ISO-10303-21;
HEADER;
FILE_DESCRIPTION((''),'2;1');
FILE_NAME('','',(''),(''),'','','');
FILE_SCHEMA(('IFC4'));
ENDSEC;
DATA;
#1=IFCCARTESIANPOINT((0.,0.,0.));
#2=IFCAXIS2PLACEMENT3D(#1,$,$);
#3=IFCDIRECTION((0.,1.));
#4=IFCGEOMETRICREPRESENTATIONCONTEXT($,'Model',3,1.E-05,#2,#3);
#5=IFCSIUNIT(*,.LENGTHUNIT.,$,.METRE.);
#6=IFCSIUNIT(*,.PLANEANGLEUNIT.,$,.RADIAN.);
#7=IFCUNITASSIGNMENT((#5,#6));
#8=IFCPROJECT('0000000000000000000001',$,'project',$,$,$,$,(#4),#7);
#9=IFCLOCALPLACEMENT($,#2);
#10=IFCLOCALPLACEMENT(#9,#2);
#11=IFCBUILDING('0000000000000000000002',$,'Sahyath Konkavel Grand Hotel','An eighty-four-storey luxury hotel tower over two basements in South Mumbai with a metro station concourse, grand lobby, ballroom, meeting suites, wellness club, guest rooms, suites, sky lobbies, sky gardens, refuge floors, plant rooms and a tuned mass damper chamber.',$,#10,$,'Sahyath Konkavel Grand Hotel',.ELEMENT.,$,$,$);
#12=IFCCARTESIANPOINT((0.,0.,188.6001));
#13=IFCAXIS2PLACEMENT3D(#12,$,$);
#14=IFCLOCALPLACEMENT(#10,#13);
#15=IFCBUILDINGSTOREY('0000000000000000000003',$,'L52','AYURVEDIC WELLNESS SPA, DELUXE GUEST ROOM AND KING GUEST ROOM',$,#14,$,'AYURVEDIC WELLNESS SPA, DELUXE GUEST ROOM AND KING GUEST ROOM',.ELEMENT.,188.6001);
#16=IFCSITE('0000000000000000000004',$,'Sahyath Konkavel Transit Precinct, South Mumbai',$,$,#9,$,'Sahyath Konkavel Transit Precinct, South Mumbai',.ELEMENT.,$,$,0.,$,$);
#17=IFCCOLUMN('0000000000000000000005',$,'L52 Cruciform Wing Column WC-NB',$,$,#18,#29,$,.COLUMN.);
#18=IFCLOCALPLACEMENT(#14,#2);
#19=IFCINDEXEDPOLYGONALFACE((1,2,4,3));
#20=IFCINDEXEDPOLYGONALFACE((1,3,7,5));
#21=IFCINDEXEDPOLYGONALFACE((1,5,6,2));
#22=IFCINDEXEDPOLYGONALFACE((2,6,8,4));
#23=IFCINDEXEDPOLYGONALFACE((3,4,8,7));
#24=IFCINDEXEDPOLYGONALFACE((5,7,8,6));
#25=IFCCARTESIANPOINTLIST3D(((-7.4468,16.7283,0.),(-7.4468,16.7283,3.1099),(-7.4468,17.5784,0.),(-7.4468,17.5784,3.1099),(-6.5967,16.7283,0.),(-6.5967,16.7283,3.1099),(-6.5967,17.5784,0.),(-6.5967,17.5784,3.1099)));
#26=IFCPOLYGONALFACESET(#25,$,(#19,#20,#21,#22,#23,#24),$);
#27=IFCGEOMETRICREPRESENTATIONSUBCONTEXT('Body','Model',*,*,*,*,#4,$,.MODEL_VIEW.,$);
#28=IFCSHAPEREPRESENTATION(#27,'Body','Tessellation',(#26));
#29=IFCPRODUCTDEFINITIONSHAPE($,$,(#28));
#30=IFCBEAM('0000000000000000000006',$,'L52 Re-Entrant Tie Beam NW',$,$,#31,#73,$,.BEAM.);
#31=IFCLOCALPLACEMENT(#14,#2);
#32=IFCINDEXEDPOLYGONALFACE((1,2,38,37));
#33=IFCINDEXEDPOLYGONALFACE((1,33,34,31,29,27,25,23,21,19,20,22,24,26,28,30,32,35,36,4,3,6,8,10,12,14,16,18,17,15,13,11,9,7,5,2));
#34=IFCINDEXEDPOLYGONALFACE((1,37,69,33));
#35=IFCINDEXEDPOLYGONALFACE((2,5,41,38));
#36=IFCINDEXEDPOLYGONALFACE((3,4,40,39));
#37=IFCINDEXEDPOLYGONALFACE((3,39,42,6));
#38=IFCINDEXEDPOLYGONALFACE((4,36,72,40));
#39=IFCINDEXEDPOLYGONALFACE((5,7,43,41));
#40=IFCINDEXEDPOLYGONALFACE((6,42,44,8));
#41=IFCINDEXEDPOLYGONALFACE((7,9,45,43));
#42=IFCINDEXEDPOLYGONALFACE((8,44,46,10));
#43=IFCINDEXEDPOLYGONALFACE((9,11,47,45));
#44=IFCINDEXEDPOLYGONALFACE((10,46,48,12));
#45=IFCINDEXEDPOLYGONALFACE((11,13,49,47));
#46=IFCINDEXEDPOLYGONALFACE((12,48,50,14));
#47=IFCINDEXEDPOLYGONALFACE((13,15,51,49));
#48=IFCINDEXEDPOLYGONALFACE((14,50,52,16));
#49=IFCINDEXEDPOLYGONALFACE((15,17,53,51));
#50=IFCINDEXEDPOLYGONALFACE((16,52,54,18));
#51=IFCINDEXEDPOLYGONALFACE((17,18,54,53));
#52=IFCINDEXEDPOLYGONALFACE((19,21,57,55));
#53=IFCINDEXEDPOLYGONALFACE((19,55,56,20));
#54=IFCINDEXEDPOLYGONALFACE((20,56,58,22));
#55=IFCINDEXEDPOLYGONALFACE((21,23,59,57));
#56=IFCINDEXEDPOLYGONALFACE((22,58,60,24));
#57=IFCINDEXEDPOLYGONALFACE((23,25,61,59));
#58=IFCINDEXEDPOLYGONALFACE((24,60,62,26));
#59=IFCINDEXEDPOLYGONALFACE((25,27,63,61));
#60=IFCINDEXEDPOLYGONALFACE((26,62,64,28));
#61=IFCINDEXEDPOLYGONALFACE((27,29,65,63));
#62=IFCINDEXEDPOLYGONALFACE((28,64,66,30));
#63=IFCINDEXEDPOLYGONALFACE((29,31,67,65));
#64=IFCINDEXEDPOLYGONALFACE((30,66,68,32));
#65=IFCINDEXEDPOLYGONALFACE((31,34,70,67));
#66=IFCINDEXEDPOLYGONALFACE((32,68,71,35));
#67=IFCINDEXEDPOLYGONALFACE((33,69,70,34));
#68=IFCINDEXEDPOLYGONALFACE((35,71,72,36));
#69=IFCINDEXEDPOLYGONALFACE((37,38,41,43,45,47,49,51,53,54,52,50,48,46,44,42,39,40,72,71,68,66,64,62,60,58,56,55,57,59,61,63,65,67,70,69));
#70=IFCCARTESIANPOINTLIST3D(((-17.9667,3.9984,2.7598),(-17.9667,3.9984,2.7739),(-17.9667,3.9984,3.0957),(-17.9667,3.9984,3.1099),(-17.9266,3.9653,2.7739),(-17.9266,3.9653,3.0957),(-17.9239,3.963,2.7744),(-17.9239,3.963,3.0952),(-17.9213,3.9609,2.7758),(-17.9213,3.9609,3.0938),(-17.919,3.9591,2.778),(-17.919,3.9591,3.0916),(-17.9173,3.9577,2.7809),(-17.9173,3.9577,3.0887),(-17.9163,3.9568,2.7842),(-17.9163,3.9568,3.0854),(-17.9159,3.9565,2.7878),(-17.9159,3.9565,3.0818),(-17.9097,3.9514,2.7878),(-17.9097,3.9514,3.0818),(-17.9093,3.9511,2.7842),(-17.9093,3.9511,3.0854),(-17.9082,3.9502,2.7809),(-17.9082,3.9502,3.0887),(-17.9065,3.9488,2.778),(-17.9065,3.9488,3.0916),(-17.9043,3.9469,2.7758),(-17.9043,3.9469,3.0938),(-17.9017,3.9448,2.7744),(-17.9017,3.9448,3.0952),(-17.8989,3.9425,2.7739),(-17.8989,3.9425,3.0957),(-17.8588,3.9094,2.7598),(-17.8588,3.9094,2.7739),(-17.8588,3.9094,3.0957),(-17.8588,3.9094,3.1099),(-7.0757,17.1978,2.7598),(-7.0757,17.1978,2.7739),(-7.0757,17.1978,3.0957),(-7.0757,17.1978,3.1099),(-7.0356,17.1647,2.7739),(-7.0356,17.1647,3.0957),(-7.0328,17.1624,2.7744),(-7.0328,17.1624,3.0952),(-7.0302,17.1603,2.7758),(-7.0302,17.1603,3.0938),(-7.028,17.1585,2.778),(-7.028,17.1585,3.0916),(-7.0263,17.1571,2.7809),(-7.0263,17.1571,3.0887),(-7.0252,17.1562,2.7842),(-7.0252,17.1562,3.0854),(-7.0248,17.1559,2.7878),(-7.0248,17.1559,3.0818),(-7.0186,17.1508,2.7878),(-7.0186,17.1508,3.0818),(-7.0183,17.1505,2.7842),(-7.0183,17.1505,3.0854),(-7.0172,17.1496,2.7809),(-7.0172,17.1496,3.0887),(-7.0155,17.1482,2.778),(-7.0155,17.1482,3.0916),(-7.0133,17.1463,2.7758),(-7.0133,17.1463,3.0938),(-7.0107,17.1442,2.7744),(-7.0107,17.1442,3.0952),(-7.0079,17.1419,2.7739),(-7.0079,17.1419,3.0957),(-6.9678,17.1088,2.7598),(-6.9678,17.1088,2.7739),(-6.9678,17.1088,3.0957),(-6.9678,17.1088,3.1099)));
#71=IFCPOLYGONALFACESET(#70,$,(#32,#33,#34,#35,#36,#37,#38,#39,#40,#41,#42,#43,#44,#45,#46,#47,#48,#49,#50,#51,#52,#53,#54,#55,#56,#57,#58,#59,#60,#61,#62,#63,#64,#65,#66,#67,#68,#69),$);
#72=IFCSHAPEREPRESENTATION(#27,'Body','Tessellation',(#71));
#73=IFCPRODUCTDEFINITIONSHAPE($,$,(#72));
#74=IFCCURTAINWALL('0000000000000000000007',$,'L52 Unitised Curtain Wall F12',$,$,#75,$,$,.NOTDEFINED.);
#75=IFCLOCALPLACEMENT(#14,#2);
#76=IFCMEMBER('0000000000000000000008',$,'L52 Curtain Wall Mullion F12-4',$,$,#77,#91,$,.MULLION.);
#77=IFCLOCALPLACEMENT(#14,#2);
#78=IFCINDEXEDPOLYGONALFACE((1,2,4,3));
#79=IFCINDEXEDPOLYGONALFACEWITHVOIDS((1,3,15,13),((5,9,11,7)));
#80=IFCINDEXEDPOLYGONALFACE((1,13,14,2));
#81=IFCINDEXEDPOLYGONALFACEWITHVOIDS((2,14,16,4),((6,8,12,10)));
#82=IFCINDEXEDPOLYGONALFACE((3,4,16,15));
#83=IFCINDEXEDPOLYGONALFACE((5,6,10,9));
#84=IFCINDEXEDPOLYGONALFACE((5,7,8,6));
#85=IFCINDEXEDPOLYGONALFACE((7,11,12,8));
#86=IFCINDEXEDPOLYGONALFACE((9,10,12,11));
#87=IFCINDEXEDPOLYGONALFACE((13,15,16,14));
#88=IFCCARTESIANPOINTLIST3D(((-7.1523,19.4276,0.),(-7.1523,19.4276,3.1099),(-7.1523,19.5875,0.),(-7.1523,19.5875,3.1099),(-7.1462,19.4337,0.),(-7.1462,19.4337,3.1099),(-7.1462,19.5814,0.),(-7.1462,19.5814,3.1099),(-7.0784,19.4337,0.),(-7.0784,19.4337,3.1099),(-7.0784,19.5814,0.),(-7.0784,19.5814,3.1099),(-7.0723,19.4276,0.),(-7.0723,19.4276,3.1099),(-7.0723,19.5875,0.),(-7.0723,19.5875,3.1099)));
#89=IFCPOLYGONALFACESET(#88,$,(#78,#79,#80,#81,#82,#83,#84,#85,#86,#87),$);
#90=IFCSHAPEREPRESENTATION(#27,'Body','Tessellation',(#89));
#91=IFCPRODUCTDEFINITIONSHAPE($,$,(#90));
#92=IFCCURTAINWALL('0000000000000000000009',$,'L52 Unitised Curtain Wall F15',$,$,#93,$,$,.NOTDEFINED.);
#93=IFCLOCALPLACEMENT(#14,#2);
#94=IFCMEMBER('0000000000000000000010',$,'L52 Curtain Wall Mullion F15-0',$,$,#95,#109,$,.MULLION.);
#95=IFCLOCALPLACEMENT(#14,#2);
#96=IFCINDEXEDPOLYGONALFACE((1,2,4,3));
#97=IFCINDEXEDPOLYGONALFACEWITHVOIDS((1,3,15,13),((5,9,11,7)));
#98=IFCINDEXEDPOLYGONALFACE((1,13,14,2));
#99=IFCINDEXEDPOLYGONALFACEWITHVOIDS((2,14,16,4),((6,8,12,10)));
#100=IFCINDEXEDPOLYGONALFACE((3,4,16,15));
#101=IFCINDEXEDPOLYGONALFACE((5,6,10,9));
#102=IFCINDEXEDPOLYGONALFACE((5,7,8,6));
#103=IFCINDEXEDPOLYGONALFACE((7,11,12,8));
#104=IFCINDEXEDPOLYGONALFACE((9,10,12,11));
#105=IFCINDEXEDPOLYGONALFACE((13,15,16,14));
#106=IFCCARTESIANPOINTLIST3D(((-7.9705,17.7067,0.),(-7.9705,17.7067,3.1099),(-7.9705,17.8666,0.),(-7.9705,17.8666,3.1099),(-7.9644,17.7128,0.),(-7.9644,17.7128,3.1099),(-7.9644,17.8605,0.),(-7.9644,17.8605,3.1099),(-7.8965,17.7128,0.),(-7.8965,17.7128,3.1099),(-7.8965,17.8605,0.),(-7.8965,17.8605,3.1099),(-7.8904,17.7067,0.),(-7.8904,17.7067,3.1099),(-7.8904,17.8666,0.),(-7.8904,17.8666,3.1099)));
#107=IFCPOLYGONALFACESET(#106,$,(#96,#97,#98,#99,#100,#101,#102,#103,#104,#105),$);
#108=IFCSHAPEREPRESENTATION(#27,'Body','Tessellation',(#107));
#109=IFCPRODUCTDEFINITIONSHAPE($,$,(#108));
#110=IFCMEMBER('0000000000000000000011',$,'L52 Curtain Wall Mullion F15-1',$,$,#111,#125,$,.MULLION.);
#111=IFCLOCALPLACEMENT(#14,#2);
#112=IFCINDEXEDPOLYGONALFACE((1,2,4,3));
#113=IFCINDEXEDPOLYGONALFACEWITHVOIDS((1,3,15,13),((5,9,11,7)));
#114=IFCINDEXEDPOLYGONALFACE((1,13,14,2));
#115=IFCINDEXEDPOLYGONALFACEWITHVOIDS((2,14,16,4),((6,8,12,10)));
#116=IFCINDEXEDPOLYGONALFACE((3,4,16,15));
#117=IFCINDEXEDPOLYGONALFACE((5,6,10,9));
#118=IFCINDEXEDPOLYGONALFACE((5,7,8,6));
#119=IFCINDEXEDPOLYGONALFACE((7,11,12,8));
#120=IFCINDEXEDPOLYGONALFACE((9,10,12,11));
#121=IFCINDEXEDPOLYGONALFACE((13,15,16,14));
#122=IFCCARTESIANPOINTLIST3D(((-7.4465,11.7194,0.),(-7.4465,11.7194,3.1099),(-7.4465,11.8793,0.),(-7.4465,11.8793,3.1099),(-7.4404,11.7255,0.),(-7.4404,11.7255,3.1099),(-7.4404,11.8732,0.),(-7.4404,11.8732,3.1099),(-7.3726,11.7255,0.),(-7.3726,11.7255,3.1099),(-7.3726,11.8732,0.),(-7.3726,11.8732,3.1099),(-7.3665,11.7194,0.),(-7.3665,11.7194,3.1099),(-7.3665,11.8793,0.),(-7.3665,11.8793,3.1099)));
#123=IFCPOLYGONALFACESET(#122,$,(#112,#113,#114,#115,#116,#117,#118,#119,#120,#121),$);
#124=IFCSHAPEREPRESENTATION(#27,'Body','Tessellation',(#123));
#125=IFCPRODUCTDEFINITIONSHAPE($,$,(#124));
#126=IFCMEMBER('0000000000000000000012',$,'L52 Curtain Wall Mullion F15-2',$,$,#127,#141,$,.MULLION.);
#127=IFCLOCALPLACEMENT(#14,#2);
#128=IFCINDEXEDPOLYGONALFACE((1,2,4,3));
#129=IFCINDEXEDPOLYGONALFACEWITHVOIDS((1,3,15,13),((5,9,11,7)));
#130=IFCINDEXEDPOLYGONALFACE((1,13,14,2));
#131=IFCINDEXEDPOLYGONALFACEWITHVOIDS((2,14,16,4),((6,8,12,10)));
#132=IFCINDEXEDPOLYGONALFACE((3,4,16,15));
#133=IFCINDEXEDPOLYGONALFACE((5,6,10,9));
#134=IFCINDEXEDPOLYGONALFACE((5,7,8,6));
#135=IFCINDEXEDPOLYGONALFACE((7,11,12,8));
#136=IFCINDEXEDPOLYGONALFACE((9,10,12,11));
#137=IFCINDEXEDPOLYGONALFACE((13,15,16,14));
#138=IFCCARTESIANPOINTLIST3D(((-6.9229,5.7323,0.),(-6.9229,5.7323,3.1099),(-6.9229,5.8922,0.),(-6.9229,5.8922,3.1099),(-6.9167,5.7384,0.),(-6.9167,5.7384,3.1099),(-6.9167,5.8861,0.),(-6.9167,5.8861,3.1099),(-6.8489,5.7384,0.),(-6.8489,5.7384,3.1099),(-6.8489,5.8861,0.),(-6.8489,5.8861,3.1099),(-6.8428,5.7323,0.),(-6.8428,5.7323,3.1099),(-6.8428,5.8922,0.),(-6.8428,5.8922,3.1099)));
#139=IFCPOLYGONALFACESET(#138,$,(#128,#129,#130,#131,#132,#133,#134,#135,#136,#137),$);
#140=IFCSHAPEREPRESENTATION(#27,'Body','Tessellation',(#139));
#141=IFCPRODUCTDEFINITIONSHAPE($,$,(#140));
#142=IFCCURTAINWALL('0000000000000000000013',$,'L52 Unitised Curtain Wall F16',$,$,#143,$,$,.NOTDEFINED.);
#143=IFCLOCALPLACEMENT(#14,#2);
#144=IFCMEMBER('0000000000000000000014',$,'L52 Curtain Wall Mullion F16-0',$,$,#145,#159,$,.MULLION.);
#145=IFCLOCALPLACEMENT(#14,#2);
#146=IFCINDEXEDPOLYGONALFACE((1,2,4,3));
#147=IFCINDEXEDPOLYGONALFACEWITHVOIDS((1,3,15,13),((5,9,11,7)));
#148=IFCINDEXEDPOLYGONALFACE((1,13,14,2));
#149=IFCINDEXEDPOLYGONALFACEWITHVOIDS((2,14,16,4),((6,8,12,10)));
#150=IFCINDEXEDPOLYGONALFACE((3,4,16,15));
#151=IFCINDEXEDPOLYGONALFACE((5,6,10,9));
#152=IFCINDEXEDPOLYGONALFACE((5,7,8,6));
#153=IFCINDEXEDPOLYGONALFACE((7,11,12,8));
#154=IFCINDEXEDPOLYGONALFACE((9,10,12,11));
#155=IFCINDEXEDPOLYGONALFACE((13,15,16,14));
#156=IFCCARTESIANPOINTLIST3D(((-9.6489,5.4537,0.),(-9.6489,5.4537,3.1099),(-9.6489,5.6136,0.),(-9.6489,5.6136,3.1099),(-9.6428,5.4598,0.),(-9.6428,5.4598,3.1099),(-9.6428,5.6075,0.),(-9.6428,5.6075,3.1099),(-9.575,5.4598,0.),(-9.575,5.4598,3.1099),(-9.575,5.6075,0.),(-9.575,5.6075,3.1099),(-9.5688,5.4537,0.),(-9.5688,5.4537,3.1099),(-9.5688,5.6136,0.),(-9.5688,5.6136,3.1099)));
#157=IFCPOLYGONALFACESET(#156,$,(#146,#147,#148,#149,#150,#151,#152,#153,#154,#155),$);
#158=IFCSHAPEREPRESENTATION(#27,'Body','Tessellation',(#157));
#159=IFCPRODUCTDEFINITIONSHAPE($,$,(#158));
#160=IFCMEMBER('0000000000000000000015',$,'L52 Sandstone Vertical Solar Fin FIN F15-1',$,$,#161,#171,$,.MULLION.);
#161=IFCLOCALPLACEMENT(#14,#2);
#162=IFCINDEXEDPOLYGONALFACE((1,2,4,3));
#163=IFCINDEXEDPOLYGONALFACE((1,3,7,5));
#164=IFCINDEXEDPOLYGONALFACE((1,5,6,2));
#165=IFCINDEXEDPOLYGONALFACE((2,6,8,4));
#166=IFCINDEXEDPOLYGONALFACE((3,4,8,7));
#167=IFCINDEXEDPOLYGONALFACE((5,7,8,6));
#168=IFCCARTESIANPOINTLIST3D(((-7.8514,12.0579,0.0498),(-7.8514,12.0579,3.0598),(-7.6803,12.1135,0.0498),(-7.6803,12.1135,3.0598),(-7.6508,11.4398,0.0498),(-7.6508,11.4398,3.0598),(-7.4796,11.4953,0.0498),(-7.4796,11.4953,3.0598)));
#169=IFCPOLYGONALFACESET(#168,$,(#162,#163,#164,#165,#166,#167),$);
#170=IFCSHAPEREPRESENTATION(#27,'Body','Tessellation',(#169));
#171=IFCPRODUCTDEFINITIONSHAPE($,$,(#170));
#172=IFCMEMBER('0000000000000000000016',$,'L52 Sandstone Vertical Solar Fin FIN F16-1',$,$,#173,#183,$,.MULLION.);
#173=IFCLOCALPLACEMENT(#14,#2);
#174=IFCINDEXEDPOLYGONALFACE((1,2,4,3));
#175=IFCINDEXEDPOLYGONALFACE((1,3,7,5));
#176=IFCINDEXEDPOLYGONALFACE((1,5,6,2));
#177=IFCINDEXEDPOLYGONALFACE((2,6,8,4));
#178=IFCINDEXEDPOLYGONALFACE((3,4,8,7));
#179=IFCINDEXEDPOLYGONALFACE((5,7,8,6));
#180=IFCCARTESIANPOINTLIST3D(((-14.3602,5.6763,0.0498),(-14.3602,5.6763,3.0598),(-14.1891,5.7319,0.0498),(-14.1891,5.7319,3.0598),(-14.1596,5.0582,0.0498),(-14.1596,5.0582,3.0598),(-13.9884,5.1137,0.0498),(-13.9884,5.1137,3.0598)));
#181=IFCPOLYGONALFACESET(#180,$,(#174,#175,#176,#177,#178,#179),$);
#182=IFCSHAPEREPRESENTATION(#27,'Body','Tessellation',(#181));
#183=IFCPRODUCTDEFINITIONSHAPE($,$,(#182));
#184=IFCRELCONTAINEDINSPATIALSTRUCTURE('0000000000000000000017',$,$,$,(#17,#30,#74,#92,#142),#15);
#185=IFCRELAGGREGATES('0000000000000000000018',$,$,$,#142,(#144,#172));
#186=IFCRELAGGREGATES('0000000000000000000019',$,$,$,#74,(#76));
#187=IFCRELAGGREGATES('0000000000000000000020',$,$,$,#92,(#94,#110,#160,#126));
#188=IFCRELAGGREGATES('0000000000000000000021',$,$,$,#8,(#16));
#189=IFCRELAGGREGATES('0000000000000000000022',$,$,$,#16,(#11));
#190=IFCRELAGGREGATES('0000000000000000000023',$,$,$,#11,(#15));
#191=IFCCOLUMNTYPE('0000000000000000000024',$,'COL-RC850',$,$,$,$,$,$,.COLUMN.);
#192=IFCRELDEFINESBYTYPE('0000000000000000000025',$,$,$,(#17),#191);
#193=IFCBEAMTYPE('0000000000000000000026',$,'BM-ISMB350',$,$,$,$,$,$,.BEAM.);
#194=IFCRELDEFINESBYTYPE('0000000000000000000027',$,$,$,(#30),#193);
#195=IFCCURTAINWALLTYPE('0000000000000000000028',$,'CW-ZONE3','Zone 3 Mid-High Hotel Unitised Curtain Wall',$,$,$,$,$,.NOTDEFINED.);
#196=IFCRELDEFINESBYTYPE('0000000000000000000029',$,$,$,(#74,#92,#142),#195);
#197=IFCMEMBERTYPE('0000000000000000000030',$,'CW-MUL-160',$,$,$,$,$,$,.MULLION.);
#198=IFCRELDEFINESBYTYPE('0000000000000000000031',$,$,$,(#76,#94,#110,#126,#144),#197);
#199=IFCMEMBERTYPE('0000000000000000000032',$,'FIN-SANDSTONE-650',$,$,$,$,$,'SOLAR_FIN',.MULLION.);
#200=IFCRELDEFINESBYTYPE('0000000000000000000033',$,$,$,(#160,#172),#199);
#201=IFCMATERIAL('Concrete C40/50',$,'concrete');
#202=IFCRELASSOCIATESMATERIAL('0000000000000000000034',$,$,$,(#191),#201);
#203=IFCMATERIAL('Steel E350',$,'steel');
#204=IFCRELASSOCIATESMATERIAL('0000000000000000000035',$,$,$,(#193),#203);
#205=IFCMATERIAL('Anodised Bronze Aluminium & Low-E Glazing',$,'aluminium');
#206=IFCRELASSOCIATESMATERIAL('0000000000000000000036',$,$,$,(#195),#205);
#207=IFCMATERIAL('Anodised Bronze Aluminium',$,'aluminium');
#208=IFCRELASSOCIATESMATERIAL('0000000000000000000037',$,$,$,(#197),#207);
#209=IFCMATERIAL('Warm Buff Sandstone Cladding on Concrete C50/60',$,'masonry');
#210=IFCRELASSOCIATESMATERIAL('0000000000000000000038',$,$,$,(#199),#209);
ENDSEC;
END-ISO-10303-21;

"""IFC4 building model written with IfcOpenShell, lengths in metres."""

from ifc_helpers import new_model, si_unit, direction, frame, origin, origin_2d, place, context, subcontext, project, spatial, rectangle, hollow_rectangle, i_section, extrude, source, transform, mapped, material, material_profile, profile_set, type_object, element, aggregate, save


model = new_model("IFC4")

# Units and contexts
model_context = context("Model", 3, precision=1e-05, world=origin(), true_north=direction((0.0, 1.0)))
body_context = subcontext(model_context, "Body", "Model", "MODEL_VIEW")
ifc_project = project(units=[si_unit("LENGTHUNIT", "METRE"), si_unit("PLANEANGLEUNIT", "RADIAN")], contexts=[model_context])

# Site, building, storey
site_placement = place(None, origin())
site = spatial("IfcSite", under=ifc_project, at=site_placement, Name="Sahyath Konkavel Transit Precinct, South Mumbai", LongName="Sahyath Konkavel Transit Precinct, South Mumbai", CompositionType="ELEMENT", RefElevation=0.0)
building_placement = place(site_placement, origin())
building = spatial("IfcBuilding", under=site, at=building_placement, Name="Sahyath Konkavel Grand Hotel", Description="An eighty-four-storey luxury hotel tower over two basements in South Mumbai with a metro station concourse, grand lobby, ballroom, meeting suites, wellness club, guest rooms, suites, sky lobbies, sky gardens, refuge floors, plant rooms and a tuned mass damper chamber.", LongName="Sahyath Konkavel Grand Hotel", CompositionType="ELEMENT")
storey_placement = place(building_placement, frame((0.0, 0.0, 188.6001)))
storey = spatial("IfcBuildingStorey", under=building, at=storey_placement, Name="L52", Description="AYURVEDIC WELLNESS SPA, DELUXE GUEST ROOM AND KING GUEST ROOM", LongName="AYURVEDIC WELLNESS SPA, DELUXE GUEST ROOM AND KING GUEST ROOM", CompositionType="ELEMENT", Elevation=188.6001)

# Column
ifc_material_1 = material(Name="Concrete C40/50", Category="concrete")
ifc_material_profile_1 = material_profile(ifc_material_1, rectangle(XDim=0.8501, YDim=0.8501, at=origin_2d()), Name="RC 850x850")
ifc_profile_set_1 = profile_set([ifc_material_profile_1], Name="Concrete C40/50")
column_type = type_object("IfcColumnType", Name="COL-RC850", PredefinedType="COLUMN", material=ifc_profile_set_1)
shared_shape_1 = source(origin(), body_context, "Body", "SweptSolid", [
    extrude(rectangle(XDim=0.8501, YDim=0.8501, at=origin_2d()), origin(), (0.0, 0.0, 1.0), 3.1099),
])
column_placement = place(storey_placement, frame((-7.0217, 17.1533, 0.0), z_axis=(0.0, 0.0, 1.0), x_axis=(1.0, 0.0, 0.0)))
element("IfcColumn", 1, at=column_placement, inside=storey, type_object=column_type, Name="L52 Cruciform Wing Column WC-NB", PredefinedType="COLUMN", context=body_context, shape_type="MappedRepresentation", body=[
    mapped(shared_shape_1, transform((0.0, 0.0, 0.0), scale=1.0)),
])

# Beam
ifc_material_2 = material(Name="Steel E350", Category="steel")
ifc_material_profile_2 = material_profile(ifc_material_2, i_section(OverallWidth=0.1399, OverallDepth=0.3501, WebThickness=0.0081, FlangeThickness=0.0142, FilletRadius=0.0139, at=origin_2d()), Name="ISMB 350")
ifc_profile_set_2 = profile_set([ifc_material_profile_2], Name="Steel E350")
beam_type = type_object("IfcBeamType", Name="BM-ISMB350", PredefinedType="BEAM", material=ifc_profile_set_2)
shared_shape_2 = source(origin(), body_context, "Body", "SweptSolid", [
    extrude(i_section(OverallWidth=0.1399, OverallDepth=0.3501, WebThickness=0.0081, FlangeThickness=0.0142, FilletRadius=0.0139, at=origin_2d()), origin(), (0.0, 0.0, 1.0), 17.1125),
])
beam_placement = place(storey_placement, frame((-7.0217, 17.1533, 2.9348), z_axis=(-0.636437, -0.771329, 0.0), x_axis=(0.771329, -0.636437, 0.0)))
element("IfcBeam", 2, at=beam_placement, inside=storey, type_object=beam_type, Name="L52 Re-Entrant Tie Beam NW", PredefinedType="BEAM", context=body_context, shape_type="MappedRepresentation", body=[
    mapped(shared_shape_2, transform((0.0, 0.0, 0.0), scale=1.0)),
])

# Curtain wall, member
ifc_material_3 = material(Name="Anodised Bronze Aluminium & Low-E Glazing", Category="aluminium")
curtain_wall_type = type_object("IfcCurtainWallType", Name="CW-ZONE3", Description="Zone 3 Mid-High Hotel Unitised Curtain Wall", PredefinedType="NOTDEFINED", material=ifc_material_3)
curtain_wall_1_placement = place(storey_placement, origin())
curtain_wall_1 = element("IfcCurtainWall", 3, at=curtain_wall_1_placement, inside=storey, type_object=curtain_wall_type, Name="L52 Unitised Curtain Wall F12", PredefinedType="NOTDEFINED")
ifc_material_4 = material(Name="Anodised Bronze Aluminium", Category="aluminium")
ifc_material_profile_3 = material_profile(ifc_material_4, hollow_rectangle(XDim=0.0801, YDim=0.1599, WallThickness=0.0061, at=origin_2d()), Name="RHS 160x80x6")
ifc_profile_set_3 = profile_set([ifc_material_profile_3], Name="Anodised Bronze Aluminium")
member_type_1 = type_object("IfcMemberType", Name="CW-MUL-160", PredefinedType="MULLION", material=ifc_profile_set_3)
shared_shape_3 = source(origin(), body_context, "Body", "SweptSolid", [
    extrude(hollow_rectangle(XDim=0.0801, YDim=0.1599, WallThickness=0.0061, at=origin_2d()), origin(), (0.0, 0.0, 1.0), 3.1099),
])
member_1_placement = place(storey_placement, frame((-7.1123, 19.5076, 0.0), z_axis=(0.0, 0.0, 1.0), x_axis=(1.0, 0.0, 0.0)))
member_1 = element("IfcMember", 4, at=member_1_placement, type_object=member_type_1, Name="L52 Curtain Wall Mullion F12-4", PredefinedType="MULLION", context=body_context, shape_type="MappedRepresentation", body=[
    mapped(shared_shape_3, transform((0.0, 0.0, 0.0), scale=1.0)),
])

# Curtain wall, members
curtain_wall_2_placement = place(storey_placement, origin())
curtain_wall_2 = element("IfcCurtainWall", 5, at=curtain_wall_2_placement, inside=storey, type_object=curtain_wall_type, Name="L52 Unitised Curtain Wall F15", PredefinedType="NOTDEFINED")
member_2_placement = place(storey_placement, frame((-7.9304, 17.7866, 0.0), z_axis=(0.0, 0.0, 1.0), x_axis=(1.0, 0.0, 0.0)))
member_2 = element("IfcMember", 6, at=member_2_placement, type_object=member_type_1, Name="L52 Curtain Wall Mullion F15-0", PredefinedType="MULLION", context=body_context, shape_type="MappedRepresentation", body=[
    mapped(shared_shape_3, transform((0.0, 0.0, 0.0), scale=1.0)),
])
member_3_placement = place(storey_placement, frame((-7.4065, 11.7993, 0.0), z_axis=(0.0, 0.0, 1.0), x_axis=(1.0, 0.0, 0.0)))
member_3 = element("IfcMember", 7, at=member_3_placement, type_object=member_type_1, Name="L52 Curtain Wall Mullion F15-1", PredefinedType="MULLION", context=body_context, shape_type="MappedRepresentation", body=[
    mapped(shared_shape_3, transform((0.0, 0.0, 0.0), scale=1.0)),
])
member_4_placement = place(storey_placement, frame((-6.8828, 5.8123, 0.0), z_axis=(0.0, 0.0, 1.0), x_axis=(1.0, 0.0, 0.0)))
member_4 = element("IfcMember", 8, at=member_4_placement, type_object=member_type_1, Name="L52 Curtain Wall Mullion F15-2", PredefinedType="MULLION", context=body_context, shape_type="MappedRepresentation", body=[
    mapped(shared_shape_3, transform((0.0, 0.0, 0.0), scale=1.0)),
])

# Curtain wall, member
curtain_wall_3_placement = place(storey_placement, origin())
curtain_wall_3 = element("IfcCurtainWall", 9, at=curtain_wall_3_placement, inside=storey, type_object=curtain_wall_type, Name="L52 Unitised Curtain Wall F16", PredefinedType="NOTDEFINED")
member_5_placement = place(storey_placement, frame((-9.6089, 5.5337, 0.0), z_axis=(0.0, 0.0, 1.0), x_axis=(1.0, 0.0, 0.0)))
member_5 = element("IfcMember", 10, at=member_5_placement, type_object=member_type_1, Name="L52 Curtain Wall Mullion F16-0", PredefinedType="MULLION", context=body_context, shape_type="MappedRepresentation", body=[
    mapped(shared_shape_3, transform((0.0, 0.0, 0.0), scale=1.0)),
])

# Members
ifc_material_5 = material(Name="Warm Buff Sandstone Cladding on Concrete C50/60", Category="masonry")
ifc_material_profile_4 = material_profile(ifc_material_5, rectangle(XDim=0.1799, YDim=0.6499, at=origin_2d()), Name="FIN 180x650")
ifc_profile_set_4 = profile_set([ifc_material_profile_4], Name="Warm Buff Sandstone Cladding on Concrete C50/60")
member_type_2 = type_object("IfcMemberType", Name="FIN-SANDSTONE-650", ElementType="SOLAR_FIN", PredefinedType="MULLION", material=ifc_profile_set_4)
shared_shape_4 = source(origin(), body_context, "Body", "SweptSolid", [
    extrude(rectangle(XDim=0.1799, YDim=0.6499, at=origin_2d()), origin(), (0.0, 0.0, 1.0), 3.01),
])
member_6_placement = place(storey_placement, frame((-7.6655, 11.7766, 0.0498), z_axis=(0.0, 0.0, 1.0), x_axis=(0.951164, 0.308685, 0.0)))
member_6 = element("IfcMember", 11, at=member_6_placement, type_object=member_type_2, Name="L52 Sandstone Vertical Solar Fin FIN F15-1", PredefinedType="MULLION", context=body_context, shape_type="MappedRepresentation", body=[
    mapped(shared_shape_4, transform((0.0, 0.0, 0.0), scale=1.0)),
])
member_7_placement = place(storey_placement, frame((-14.1743, 5.395, 0.0498), z_axis=(0.0, 0.0, 1.0), x_axis=(0.951164, 0.308685, 0.0)))
member_7 = element("IfcMember", 12, at=member_7_placement, type_object=member_type_2, Name="L52 Sandstone Vertical Solar Fin FIN F16-1", PredefinedType="MULLION", context=body_context, shape_type="MappedRepresentation", body=[
    mapped(shared_shape_4, transform((0.0, 0.0, 0.0), scale=1.0)),
])
aggregate(curtain_wall_3, [member_5, member_7])

aggregate(curtain_wall_1, [member_1])
aggregate(curtain_wall_2, [member_2, member_3, member_6, member_4])

save(model, "model.ifc")
